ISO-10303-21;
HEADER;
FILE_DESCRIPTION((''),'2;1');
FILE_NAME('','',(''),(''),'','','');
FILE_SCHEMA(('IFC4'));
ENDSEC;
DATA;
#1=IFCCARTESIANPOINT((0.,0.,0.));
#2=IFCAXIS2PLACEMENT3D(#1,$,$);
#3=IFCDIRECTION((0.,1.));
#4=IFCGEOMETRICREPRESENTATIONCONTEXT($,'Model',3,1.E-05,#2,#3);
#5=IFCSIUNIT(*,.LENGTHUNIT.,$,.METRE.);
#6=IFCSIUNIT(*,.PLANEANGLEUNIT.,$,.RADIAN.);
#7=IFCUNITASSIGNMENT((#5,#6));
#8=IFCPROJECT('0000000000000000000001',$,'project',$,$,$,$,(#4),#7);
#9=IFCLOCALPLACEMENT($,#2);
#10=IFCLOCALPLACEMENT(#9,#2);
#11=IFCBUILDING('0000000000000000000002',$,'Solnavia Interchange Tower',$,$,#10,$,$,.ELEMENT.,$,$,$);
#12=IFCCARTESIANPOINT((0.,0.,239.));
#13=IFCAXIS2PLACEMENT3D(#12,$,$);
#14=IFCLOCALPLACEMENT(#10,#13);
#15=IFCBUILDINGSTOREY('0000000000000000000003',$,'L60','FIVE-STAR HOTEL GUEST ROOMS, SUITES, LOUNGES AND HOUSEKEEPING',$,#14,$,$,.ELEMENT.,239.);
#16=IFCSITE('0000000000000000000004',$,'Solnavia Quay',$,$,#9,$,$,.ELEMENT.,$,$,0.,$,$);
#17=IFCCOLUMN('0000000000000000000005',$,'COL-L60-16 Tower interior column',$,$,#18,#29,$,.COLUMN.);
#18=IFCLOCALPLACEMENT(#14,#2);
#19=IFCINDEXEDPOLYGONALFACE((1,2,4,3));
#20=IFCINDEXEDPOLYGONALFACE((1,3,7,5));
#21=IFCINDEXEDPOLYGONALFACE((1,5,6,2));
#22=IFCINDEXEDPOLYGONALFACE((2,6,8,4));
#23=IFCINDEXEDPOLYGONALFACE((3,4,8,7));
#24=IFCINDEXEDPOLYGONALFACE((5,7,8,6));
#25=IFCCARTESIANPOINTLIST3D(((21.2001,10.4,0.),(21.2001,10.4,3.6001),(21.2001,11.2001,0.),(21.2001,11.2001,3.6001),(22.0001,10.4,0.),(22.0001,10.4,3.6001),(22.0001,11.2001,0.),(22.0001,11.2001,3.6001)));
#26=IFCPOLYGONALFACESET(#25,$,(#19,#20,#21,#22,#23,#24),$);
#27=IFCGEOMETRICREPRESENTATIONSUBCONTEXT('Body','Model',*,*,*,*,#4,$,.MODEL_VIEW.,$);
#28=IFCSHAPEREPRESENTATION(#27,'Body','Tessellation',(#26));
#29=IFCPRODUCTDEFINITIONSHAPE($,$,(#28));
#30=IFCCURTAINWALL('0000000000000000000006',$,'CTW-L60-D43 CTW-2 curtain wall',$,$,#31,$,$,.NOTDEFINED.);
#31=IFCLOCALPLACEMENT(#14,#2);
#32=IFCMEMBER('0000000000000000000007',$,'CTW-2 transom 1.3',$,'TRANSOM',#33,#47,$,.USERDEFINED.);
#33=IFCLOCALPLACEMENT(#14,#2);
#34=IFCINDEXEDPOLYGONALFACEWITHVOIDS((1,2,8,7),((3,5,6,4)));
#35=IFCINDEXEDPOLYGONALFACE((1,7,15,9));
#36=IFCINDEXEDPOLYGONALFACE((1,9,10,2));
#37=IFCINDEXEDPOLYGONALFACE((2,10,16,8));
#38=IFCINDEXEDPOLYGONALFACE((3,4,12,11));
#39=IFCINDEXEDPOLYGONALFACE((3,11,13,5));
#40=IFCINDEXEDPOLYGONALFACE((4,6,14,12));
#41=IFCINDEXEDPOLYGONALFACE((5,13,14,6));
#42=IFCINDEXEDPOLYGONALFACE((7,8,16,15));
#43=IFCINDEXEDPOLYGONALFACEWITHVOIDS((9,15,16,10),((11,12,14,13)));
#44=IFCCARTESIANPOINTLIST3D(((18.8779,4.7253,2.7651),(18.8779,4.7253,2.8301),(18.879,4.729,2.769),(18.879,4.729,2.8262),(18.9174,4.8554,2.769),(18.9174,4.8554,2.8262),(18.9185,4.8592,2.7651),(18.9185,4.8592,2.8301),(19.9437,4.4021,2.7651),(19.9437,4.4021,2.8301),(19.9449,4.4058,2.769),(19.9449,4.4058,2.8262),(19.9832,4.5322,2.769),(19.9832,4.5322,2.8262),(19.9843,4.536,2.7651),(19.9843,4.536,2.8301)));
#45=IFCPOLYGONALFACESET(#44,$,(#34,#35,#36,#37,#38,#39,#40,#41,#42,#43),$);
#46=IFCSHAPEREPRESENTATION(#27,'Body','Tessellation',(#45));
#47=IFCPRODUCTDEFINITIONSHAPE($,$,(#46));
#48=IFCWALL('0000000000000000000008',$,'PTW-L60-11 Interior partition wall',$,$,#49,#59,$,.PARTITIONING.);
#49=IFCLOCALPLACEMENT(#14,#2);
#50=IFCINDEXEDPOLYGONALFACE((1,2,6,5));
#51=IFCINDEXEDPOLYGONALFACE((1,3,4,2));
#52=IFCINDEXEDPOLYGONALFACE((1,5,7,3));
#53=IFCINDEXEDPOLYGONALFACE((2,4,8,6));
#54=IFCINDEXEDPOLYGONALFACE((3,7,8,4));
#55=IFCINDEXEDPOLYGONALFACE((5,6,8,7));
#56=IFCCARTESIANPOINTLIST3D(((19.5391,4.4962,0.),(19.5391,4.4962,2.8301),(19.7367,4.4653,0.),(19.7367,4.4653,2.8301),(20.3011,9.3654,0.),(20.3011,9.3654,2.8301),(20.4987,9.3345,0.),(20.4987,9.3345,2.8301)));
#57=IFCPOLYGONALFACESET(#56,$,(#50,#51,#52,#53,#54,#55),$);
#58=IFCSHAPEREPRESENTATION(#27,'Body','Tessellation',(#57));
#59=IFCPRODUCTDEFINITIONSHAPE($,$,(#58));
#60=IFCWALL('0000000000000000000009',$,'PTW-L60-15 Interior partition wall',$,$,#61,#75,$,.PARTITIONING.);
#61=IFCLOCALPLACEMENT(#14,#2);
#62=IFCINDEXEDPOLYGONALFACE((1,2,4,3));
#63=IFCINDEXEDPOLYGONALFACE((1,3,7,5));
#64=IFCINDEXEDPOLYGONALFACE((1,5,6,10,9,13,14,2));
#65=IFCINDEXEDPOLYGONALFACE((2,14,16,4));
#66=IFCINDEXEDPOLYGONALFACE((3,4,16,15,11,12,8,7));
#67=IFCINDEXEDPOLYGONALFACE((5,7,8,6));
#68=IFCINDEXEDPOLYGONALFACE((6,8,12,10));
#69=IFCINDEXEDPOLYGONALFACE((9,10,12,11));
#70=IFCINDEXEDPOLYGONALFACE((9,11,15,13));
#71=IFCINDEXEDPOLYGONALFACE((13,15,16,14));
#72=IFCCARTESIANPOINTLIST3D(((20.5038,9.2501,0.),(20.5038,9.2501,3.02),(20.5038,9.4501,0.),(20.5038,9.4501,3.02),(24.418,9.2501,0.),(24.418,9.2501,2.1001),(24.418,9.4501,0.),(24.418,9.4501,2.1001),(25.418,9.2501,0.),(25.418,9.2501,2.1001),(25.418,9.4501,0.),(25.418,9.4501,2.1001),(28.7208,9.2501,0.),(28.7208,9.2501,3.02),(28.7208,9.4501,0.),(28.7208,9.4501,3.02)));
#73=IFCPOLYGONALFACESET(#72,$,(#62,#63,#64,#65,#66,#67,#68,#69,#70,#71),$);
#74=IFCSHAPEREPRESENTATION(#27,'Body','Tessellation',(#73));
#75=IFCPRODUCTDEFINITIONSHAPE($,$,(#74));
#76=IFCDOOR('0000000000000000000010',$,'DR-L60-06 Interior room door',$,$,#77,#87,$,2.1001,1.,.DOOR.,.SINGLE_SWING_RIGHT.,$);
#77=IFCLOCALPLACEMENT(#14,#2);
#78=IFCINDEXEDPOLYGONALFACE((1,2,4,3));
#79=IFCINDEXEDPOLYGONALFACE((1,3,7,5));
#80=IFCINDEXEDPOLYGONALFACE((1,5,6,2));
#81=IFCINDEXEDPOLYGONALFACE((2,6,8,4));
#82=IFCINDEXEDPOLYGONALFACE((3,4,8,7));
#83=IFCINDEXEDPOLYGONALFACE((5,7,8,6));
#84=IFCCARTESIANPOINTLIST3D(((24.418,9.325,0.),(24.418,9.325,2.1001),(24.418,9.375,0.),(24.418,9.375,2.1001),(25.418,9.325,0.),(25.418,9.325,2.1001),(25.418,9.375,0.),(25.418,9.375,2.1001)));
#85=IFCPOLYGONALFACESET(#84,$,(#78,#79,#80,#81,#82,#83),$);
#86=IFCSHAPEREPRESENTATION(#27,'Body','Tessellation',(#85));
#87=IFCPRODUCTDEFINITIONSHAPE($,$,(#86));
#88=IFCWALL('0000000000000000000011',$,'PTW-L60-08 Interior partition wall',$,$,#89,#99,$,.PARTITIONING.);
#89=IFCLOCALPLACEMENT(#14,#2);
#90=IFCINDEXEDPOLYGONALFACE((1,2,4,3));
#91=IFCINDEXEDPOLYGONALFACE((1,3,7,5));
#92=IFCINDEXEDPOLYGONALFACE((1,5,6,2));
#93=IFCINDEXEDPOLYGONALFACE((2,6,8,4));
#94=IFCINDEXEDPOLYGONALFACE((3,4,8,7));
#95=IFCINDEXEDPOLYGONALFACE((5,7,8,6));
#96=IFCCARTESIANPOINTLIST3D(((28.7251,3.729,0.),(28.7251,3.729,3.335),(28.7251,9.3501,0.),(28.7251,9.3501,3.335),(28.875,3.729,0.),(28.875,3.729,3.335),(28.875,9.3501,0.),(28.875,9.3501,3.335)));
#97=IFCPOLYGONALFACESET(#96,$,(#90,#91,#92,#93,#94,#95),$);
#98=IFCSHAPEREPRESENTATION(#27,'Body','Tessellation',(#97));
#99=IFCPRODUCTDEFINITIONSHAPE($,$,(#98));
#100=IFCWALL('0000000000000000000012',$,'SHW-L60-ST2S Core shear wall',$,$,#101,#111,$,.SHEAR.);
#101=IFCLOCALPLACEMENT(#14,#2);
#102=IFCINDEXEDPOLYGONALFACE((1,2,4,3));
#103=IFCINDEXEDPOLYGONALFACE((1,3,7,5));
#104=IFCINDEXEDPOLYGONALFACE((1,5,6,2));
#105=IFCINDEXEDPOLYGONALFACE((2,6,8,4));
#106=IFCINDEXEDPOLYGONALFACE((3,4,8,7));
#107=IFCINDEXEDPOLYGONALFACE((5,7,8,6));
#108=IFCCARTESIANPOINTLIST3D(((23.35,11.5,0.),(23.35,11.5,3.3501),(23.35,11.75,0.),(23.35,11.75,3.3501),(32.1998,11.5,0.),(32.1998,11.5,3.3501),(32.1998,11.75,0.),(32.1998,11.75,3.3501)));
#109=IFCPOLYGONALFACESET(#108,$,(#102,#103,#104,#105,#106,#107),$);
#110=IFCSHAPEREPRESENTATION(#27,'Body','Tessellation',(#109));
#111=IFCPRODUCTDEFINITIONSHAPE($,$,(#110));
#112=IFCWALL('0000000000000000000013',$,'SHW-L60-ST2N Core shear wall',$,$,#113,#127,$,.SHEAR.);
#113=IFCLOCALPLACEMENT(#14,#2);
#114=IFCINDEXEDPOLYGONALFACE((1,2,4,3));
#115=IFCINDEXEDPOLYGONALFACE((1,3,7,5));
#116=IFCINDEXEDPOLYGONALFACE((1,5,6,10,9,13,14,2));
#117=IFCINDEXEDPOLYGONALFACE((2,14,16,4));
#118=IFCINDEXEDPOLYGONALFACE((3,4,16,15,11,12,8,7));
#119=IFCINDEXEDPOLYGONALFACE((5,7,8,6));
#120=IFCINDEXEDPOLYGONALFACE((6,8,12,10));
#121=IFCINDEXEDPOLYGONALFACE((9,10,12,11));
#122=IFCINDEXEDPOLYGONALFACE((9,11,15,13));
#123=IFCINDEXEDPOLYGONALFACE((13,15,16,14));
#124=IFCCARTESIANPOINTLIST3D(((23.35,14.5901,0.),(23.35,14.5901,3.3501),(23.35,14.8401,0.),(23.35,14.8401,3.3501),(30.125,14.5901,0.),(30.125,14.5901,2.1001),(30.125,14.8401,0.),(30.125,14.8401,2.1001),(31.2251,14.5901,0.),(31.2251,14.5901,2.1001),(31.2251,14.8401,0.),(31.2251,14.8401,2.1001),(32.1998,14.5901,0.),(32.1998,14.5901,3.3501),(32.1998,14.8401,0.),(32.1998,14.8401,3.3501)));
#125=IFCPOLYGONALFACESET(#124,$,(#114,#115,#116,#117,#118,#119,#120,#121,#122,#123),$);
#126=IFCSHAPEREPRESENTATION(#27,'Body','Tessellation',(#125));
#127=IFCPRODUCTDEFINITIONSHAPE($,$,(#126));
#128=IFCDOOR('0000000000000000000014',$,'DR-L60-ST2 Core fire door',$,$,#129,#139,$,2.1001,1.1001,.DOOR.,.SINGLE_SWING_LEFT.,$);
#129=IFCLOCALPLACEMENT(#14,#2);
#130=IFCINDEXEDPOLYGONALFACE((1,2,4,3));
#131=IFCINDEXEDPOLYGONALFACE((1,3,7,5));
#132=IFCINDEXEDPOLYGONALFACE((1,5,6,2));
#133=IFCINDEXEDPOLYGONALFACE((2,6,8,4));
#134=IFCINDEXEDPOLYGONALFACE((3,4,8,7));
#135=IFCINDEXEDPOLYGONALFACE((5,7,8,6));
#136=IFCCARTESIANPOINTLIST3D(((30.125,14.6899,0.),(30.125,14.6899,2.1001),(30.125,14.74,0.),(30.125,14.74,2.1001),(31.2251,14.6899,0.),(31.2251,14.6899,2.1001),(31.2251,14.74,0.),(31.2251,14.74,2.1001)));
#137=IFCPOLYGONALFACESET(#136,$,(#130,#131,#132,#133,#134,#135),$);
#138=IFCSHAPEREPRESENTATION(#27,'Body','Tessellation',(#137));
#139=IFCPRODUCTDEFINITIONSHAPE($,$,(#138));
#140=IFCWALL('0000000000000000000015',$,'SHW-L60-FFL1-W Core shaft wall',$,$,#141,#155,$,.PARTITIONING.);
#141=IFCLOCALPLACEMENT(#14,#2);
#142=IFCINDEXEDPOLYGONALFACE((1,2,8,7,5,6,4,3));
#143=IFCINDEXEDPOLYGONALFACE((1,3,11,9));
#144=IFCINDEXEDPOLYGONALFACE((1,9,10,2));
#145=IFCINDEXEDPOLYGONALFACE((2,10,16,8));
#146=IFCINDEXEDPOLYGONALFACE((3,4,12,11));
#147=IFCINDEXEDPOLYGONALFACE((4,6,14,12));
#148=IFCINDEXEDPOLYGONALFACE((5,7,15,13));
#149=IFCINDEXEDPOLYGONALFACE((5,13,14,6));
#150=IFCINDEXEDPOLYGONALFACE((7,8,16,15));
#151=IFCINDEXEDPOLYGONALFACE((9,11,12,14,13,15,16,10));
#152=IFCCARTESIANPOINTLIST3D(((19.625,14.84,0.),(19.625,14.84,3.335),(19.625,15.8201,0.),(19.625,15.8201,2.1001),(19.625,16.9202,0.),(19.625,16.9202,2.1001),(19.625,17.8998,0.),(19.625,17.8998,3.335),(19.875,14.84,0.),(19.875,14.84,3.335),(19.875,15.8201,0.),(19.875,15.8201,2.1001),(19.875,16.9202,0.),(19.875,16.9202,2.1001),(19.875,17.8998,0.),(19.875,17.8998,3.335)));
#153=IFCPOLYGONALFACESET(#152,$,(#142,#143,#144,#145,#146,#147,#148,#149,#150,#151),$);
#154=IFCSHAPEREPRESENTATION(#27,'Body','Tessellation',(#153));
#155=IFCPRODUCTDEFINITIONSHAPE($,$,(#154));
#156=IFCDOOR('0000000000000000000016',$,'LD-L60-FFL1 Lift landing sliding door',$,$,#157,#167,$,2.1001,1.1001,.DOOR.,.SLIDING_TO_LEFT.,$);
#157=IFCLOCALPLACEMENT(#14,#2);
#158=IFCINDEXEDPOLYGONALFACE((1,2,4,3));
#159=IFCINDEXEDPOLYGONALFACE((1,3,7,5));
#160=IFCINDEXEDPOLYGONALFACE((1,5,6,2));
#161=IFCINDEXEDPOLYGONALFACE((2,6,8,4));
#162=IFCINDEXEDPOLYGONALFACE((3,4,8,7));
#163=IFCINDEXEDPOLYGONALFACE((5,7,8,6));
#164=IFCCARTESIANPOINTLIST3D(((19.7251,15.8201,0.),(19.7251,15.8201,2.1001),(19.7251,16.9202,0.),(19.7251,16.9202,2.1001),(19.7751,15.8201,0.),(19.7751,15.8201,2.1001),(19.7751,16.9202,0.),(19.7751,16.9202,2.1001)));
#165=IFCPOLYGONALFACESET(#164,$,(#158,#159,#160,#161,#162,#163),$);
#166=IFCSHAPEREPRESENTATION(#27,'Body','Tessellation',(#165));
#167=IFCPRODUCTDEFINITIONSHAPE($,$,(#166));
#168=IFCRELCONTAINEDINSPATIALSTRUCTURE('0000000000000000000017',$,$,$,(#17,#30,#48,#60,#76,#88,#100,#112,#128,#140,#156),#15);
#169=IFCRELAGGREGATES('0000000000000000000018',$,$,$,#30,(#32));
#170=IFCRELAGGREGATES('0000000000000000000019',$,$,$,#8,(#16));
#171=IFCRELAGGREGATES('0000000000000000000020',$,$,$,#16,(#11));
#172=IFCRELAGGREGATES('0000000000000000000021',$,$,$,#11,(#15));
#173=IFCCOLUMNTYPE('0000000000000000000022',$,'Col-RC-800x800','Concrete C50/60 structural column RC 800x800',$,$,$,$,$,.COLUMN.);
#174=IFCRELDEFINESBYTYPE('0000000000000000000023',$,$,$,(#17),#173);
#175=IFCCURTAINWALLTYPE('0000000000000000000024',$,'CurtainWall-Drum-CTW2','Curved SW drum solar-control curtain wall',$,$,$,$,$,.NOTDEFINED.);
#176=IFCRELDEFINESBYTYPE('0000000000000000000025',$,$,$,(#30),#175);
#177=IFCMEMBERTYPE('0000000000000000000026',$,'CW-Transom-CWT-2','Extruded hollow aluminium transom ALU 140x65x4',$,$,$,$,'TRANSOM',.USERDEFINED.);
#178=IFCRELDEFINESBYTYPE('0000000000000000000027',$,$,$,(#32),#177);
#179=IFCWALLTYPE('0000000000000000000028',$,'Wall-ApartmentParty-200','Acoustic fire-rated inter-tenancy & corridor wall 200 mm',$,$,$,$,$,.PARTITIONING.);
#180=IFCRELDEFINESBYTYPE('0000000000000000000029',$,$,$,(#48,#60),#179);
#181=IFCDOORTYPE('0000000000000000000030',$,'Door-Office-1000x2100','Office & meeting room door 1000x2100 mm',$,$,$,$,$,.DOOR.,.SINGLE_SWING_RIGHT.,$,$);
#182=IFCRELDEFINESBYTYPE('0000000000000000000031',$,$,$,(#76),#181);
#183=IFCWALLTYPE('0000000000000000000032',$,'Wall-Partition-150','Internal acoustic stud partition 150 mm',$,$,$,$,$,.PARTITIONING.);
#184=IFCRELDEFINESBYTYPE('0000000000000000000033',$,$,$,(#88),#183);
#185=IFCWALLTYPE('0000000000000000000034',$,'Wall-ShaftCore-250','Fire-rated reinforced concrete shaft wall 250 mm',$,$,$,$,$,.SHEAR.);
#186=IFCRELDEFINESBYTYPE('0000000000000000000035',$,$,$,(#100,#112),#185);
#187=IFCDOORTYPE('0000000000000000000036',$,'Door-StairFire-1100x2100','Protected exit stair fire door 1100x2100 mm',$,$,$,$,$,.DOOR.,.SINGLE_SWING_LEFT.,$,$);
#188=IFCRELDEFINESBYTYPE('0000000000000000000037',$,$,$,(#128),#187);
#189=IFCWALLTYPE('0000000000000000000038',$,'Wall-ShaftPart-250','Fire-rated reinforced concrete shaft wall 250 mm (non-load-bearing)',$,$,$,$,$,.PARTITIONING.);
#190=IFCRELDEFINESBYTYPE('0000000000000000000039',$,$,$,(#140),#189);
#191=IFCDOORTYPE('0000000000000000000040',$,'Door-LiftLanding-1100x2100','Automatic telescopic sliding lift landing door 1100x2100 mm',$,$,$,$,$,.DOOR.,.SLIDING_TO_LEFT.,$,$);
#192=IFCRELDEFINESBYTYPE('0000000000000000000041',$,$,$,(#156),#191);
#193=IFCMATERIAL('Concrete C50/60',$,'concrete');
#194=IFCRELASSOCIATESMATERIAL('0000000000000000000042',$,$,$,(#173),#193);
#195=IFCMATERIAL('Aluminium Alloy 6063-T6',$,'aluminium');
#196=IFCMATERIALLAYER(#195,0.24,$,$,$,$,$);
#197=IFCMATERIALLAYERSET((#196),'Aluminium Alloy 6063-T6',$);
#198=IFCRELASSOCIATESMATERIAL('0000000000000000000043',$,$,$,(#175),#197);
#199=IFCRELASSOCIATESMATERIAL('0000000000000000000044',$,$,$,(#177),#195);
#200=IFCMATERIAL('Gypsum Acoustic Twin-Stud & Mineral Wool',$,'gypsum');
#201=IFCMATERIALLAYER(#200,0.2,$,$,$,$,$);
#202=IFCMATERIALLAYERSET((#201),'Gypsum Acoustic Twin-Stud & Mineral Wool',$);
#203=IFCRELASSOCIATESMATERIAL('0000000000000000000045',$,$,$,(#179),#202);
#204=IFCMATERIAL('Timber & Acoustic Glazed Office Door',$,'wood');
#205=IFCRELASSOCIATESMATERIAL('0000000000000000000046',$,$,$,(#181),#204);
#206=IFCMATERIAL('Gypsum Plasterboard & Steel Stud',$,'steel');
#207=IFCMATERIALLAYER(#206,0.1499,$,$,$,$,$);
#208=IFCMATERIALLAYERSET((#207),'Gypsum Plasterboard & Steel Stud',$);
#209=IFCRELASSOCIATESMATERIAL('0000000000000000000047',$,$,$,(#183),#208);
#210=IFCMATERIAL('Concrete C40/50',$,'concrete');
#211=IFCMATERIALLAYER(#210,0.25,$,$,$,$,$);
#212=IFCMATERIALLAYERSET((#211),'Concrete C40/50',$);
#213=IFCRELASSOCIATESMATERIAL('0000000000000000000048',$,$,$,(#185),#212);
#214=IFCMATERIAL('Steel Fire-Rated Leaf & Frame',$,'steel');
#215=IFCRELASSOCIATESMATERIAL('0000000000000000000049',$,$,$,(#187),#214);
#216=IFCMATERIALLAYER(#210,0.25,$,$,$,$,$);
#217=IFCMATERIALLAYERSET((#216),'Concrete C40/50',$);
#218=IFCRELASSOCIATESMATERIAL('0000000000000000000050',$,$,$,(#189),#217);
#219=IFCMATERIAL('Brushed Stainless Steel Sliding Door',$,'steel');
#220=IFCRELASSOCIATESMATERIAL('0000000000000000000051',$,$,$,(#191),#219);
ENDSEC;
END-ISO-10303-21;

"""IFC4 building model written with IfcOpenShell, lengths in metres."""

from ifc_helpers import new_model, si_unit, direction, frame, frame_2d, origin, origin_2d, place, context, subcontext, project, spatial, rectangle, hollow_rectangle, extrude, material, layer, layer_set, material_profile, profile_set, type_object, element, fill, aggregate, save


model = new_model("IFC4")

# Units and contexts
model_context = context("Model", 3, precision=1e-05, world=origin(), true_north=direction((0.0, 1.0)))
body_context = subcontext(model_context, "Body", "Model", "MODEL_VIEW")
ifc_project = project(units=[si_unit("LENGTHUNIT", "METRE"), si_unit("PLANEANGLEUNIT", "RADIAN")], contexts=[model_context])

# Site, building, storey
site_placement = place(None, origin())
site = spatial("IfcSite", under=ifc_project, at=site_placement, Name="Solnavia Quay", CompositionType="ELEMENT", RefElevation=0.0)
building_placement = place(site_placement, origin())
building = spatial("IfcBuilding", under=site, at=building_placement, Name="Solnavia Interchange Tower", CompositionType="ELEMENT")
storey_placement = place(building_placement, frame((0.0, 0.0, 239.0)))
storey = spatial("IfcBuildingStorey", under=building, at=storey_placement, Name="L60", Description="FIVE-STAR HOTEL GUEST ROOMS, SUITES, LOUNGES AND HOUSEKEEPING", CompositionType="ELEMENT", Elevation=239.0)

# Column
ifc_material_1 = material(Name="Concrete C50/60", Category="concrete")
ifc_material_profile_1 = material_profile(ifc_material_1, rectangle(XDim=0.8, YDim=0.8, at=origin_2d()), Name="RC 800x800")
ifc_profile_set_1 = profile_set([ifc_material_profile_1], Name="Concrete C50/60")
column_type = type_object("IfcColumnType", Name="Col-RC-800x800", Description="Concrete C50/60 structural column RC 800x800", PredefinedType="COLUMN", material=ifc_profile_set_1)
column_placement = place(storey_placement, frame((21.6001, 10.8, 0.0), z_axis=(0.0, 0.0, 1.0), x_axis=(1.0, 0.0, 0.0)))
element("IfcColumn", 1, at=column_placement, inside=storey, type_object=column_type, Name="COL-L60-16 Tower interior column", PredefinedType="COLUMN", context=body_context, shape_type="SweptSolid", body=[
    extrude(rectangle(XDim=0.8, YDim=0.8, at=origin_2d()), origin(), (0.0, 0.0, 1.0), 3.6001),
])

# Curtain wall, member
ifc_material_2 = material(Name="Aluminium Alloy 6063-T6", Category="aluminium")
ifc_layer_1 = layer(ifc_material_2, 0.24)
ifc_layer_set_1 = layer_set([ifc_layer_1], Name="Aluminium Alloy 6063-T6")
curtain_wall_type = type_object("IfcCurtainWallType", Name="CurtainWall-Drum-CTW2", Description="Curved SW drum solar-control curtain wall", PredefinedType="NOTDEFINED", material=ifc_layer_set_1)
curtain_wall_placement = place(storey_placement, origin())
curtain_wall = element("IfcCurtainWall", 2, at=curtain_wall_placement, inside=storey, type_object=curtain_wall_type, Name="CTW-L60-D43 CTW-2 curtain wall", PredefinedType="NOTDEFINED")
ifc_material_profile_2 = material_profile(ifc_material_2, hollow_rectangle(XDim=0.0649, YDim=0.1399, WallThickness=0.0039, at=origin_2d()), Name="ALU 140x65x4")
ifc_profile_set_2 = profile_set([ifc_material_profile_2], Name="Aluminium Alloy 6063-T6")
member_type = type_object("IfcMemberType", Name="CW-Transom-CWT-2", Description="Extruded hollow aluminium transom ALU 140x65x4", ElementType="TRANSOM", PredefinedType="USERDEFINED", material=ifc_profile_set_2)
member_placement = place(storey_placement, frame((18.8982, 4.7922, 2.7976), z_axis=(0.956965, -0.290202, 0.0), x_axis=(0.0, 0.0, 1.0)))
member = element("IfcMember", 3, at=member_placement, type_object=member_type, Name="CTW-2 transom 1.3", ObjectType="TRANSOM", PredefinedType="USERDEFINED", context=body_context, shape_type="SweptSolid", body=[
    extrude(hollow_rectangle(XDim=0.0649, YDim=0.1399, WallThickness=0.0039, at=origin_2d()), origin(), (0.0, 0.0, 1.0), 1.1138),
])
aggregate(curtain_wall, [member])

# Wall
ifc_material_3 = material(Name="Gypsum Acoustic Twin-Stud & Mineral Wool", Category="gypsum")
ifc_layer_2 = layer(ifc_material_3, 0.2)
ifc_layer_set_2 = layer_set([ifc_layer_2], Name="Gypsum Acoustic Twin-Stud & Mineral Wool")
wall_type_1 = type_object("IfcWallType", Name="Wall-ApartmentParty-200", Description="Acoustic fire-rated inter-tenancy & corridor wall 200 mm", PredefinedType="PARTITIONING", material=ifc_layer_set_2)
wall_1_placement = place(storey_placement, frame((20.3999, 9.3501, 0.0), z_axis=(0.0, 0.0, 1.0), x_axis=(-0.154607, -0.987976, 0.0)))
element("IfcWall", 4, at=wall_1_placement, inside=storey, type_object=wall_type_1, Name="PTW-L60-11 Interior partition wall", PredefinedType="PARTITIONING", context=body_context, shape_type="SweptSolid", body=[
    extrude(rectangle(XDim=4.9285, YDim=0.2, at=frame_2d((2.4644, 0.0))), origin(), (0.0, 0.0, 1.0), 2.8301),
])

# Wall, opening, door
wall_2_placement = place(storey_placement, frame((20.5039, 9.3501, 0.0), z_axis=(0.0, 0.0, 1.0), x_axis=(1.0, 0.0, 0.0)))
wall_2 = element("IfcWall", 5, at=wall_2_placement, inside=storey, type_object=wall_type_1, Name="PTW-L60-15 Interior partition wall", PredefinedType="PARTITIONING", context=body_context, shape_type="SweptSolid", body=[
    extrude(rectangle(XDim=8.217, YDim=0.2, at=frame_2d((4.1084, 0.0))), origin(), (0.0, 0.0, 1.0), 3.02),
])
opening_1_placement = place(wall_2_placement, frame((3.9141, 0.0, 0.0)))
opening_1 = element("IfcOpeningElement", 6, at=opening_1_placement, cuts=wall_2, PredefinedType="OPENING", context=body_context, shape_type="SweptSolid", body=[
    extrude(rectangle(XDim=1.0, YDim=2.1001, at=frame_2d((0.5, 1.05))), frame((0.0, 0.1099, 0.0), z_axis=(0.0, -1.0, 0.0), x_axis=(1.0, 0.0, 0.0)), (0.0, 0.0, 1.0), 0.22),
])
ifc_material_4 = material(Name="Timber & Acoustic Glazed Office Door", Category="wood")
door_type_1 = type_object("IfcDoorType", Name="Door-Office-1000x2100", Description="Office & meeting room door 1000x2100 mm", OperationType="SINGLE_SWING_RIGHT", PredefinedType="DOOR", material=ifc_material_4)
door_1_placement = place(opening_1_placement, origin())
door_1 = element("IfcDoor", 7, at=door_1_placement, inside=storey, type_object=door_type_1, Name="DR-L60-06 Interior room door", OperationType="SINGLE_SWING_RIGHT", OverallHeight=2.1001, OverallWidth=1.0, PredefinedType="DOOR", context=body_context, shape_type="SweptSolid", body=[
    extrude(rectangle(XDim=1.0, YDim=2.1001, at=frame_2d((0.5, 1.05))), frame((0.0, 0.0249, 0.0), z_axis=(0.0, -1.0, 0.0), x_axis=(1.0, 0.0, 0.0)), (0.0, 0.0, 1.0), 0.05),
])
fill(opening_1, door_1)

# Walls
ifc_material_5 = material(Name="Gypsum Plasterboard & Steel Stud", Category="steel")
ifc_layer_3 = layer(ifc_material_5, 0.1499)
ifc_layer_set_3 = layer_set([ifc_layer_3], Name="Gypsum Plasterboard & Steel Stud")
wall_type_2 = type_object("IfcWallType", Name="Wall-Partition-150", Description="Internal acoustic stud partition 150 mm", PredefinedType="PARTITIONING", material=ifc_layer_set_3)
wall_3_placement = place(storey_placement, frame((28.8, 9.3501, 0.0), z_axis=(0.0, 0.0, 1.0), x_axis=(0.0, -1.0, 0.0)))
element("IfcWall", 8, at=wall_3_placement, inside=storey, type_object=wall_type_2, Name="PTW-L60-08 Interior partition wall", PredefinedType="PARTITIONING", context=body_context, shape_type="SweptSolid", body=[
    extrude(rectangle(XDim=5.6211, YDim=0.1499, at=frame_2d((2.8105, 0.0))), origin(), (0.0, 0.0, 1.0), 3.335),
])
ifc_material_6 = material(Name="Concrete C40/50", Category="concrete")
ifc_layer_4 = layer(ifc_material_6, 0.25)
ifc_layer_set_4 = layer_set([ifc_layer_4], Name="Concrete C40/50")
wall_type_3 = type_object("IfcWallType", Name="Wall-ShaftCore-250", Description="Fire-rated reinforced concrete shaft wall 250 mm", PredefinedType="SHEAR", material=ifc_layer_set_4)
wall_4_placement = place(storey_placement, frame((23.3501, 11.625, 0.0), z_axis=(0.0, 0.0, 1.0), x_axis=(1.0, 0.0, 0.0)))
element("IfcWall", 9, at=wall_4_placement, inside=storey, type_object=wall_type_3, Name="SHW-L60-ST2S Core shear wall", PredefinedType="SHEAR", context=body_context, shape_type="SweptSolid", body=[
    extrude(rectangle(XDim=8.8499, YDim=0.25, at=frame_2d((4.4248, 0.0))), origin(), (0.0, 0.0, 1.0), 3.3501),
])

# Walls, openings, doors
wall_5_placement = place(storey_placement, frame((23.3501, 14.7151, 0.0), z_axis=(0.0, 0.0, 1.0), x_axis=(1.0, 0.0, 0.0)))
wall_5 = element("IfcWall", 10, at=wall_5_placement, inside=storey, type_object=wall_type_3, Name="SHW-L60-ST2N Core shear wall", PredefinedType="SHEAR", context=body_context, shape_type="SweptSolid", body=[
    extrude(rectangle(XDim=8.8499, YDim=0.25, at=frame_2d((4.4248, 0.0))), origin(), (0.0, 0.0, 1.0), 3.3501),
])
opening_2_placement = place(wall_5_placement, frame((6.7749, 0.0, 0.0)))
opening_2 = element("IfcOpeningElement", 11, at=opening_2_placement, cuts=wall_5, PredefinedType="OPENING", context=body_context, shape_type="SweptSolid", body=[
    extrude(rectangle(XDim=1.1001, YDim=2.1001, at=frame_2d((0.55, 1.05))), frame((0.0, 0.135, 0.0), z_axis=(0.0, -1.0, 0.0), x_axis=(1.0, 0.0, 0.0)), (0.0, 0.0, 1.0), 0.27),
])
ifc_material_7 = material(Name="Steel Fire-Rated Leaf & Frame", Category="steel")
door_type_2 = type_object("IfcDoorType", Name="Door-StairFire-1100x2100", Description="Protected exit stair fire door 1100x2100 mm", OperationType="SINGLE_SWING_LEFT", PredefinedType="DOOR", material=ifc_material_7)
door_2_placement = place(opening_2_placement, origin())
door_2 = element("IfcDoor", 12, at=door_2_placement, inside=storey, type_object=door_type_2, Name="DR-L60-ST2 Core fire door", OperationType="SINGLE_SWING_LEFT", OverallHeight=2.1001, OverallWidth=1.1001, PredefinedType="DOOR", context=body_context, shape_type="SweptSolid", body=[
    extrude(rectangle(XDim=1.1001, YDim=2.1001, at=frame_2d((0.55, 1.05))), frame((0.0, 0.0249, 0.0), z_axis=(0.0, -1.0, 0.0), x_axis=(1.0, 0.0, 0.0)), (0.0, 0.0, 1.0), 0.05),
])
fill(opening_2, door_2)
ifc_layer_5 = layer(ifc_material_6, 0.25)
ifc_layer_set_5 = layer_set([ifc_layer_5], Name="Concrete C40/50")
wall_type_4 = type_object("IfcWallType", Name="Wall-ShaftPart-250", Description="Fire-rated reinforced concrete shaft wall 250 mm (non-load-bearing)", PredefinedType="PARTITIONING", material=ifc_layer_set_5)
wall_6_placement = place(storey_placement, frame((19.75, 14.8401, 0.0), z_axis=(0.0, 0.0, 1.0), x_axis=(0.0, 1.0, 0.0)))
wall_6 = element("IfcWall", 13, at=wall_6_placement, inside=storey, type_object=wall_type_4, Name="SHW-L60-FFL1-W Core shaft wall", PredefinedType="PARTITIONING", context=body_context, shape_type="SweptSolid", body=[
    extrude(rectangle(XDim=3.0598, YDim=0.25, at=frame_2d((1.5298, 0.0))), origin(), (0.0, 0.0, 1.0), 3.335),
])
opening_3_placement = place(wall_6_placement, frame((0.98, 0.0, 0.0)))
opening_3 = element("IfcOpeningElement", 14, at=opening_3_placement, cuts=wall_6, PredefinedType="OPENING", context=body_context, shape_type="SweptSolid", body=[
    extrude(rectangle(XDim=1.1001, YDim=2.1001, at=frame_2d((0.55, 1.05))), frame((0.0, 0.135, 0.0), z_axis=(0.0, -1.0, 0.0), x_axis=(1.0, 0.0, 0.0)), (0.0, 0.0, 1.0), 0.27),
])
ifc_material_8 = material(Name="Brushed Stainless Steel Sliding Door", Category="steel")
door_type_3 = type_object("IfcDoorType", Name="Door-LiftLanding-1100x2100", Description="Automatic telescopic sliding lift landing door 1100x2100 mm", OperationType="SLIDING_TO_LEFT", PredefinedType="DOOR", material=ifc_material_8)
door_3_placement = place(opening_3_placement, origin())
door_3 = element("IfcDoor", 15, at=door_3_placement, inside=storey, type_object=door_type_3, Name="LD-L60-FFL1 Lift landing sliding door", OperationType="SLIDING_TO_LEFT", OverallHeight=2.1001, OverallWidth=1.1001, PredefinedType="DOOR", context=body_context, shape_type="SweptSolid", body=[
    extrude(rectangle(XDim=1.1001, YDim=2.1001, at=frame_2d((0.55, 1.05))), frame((0.0, 0.0249, 0.0), z_axis=(0.0, -1.0, 0.0), x_axis=(1.0, 0.0, 0.0)), (0.0, 0.0, 1.0), 0.05),
])
fill(opening_3, door_3)

save(model, "model.ifc")
